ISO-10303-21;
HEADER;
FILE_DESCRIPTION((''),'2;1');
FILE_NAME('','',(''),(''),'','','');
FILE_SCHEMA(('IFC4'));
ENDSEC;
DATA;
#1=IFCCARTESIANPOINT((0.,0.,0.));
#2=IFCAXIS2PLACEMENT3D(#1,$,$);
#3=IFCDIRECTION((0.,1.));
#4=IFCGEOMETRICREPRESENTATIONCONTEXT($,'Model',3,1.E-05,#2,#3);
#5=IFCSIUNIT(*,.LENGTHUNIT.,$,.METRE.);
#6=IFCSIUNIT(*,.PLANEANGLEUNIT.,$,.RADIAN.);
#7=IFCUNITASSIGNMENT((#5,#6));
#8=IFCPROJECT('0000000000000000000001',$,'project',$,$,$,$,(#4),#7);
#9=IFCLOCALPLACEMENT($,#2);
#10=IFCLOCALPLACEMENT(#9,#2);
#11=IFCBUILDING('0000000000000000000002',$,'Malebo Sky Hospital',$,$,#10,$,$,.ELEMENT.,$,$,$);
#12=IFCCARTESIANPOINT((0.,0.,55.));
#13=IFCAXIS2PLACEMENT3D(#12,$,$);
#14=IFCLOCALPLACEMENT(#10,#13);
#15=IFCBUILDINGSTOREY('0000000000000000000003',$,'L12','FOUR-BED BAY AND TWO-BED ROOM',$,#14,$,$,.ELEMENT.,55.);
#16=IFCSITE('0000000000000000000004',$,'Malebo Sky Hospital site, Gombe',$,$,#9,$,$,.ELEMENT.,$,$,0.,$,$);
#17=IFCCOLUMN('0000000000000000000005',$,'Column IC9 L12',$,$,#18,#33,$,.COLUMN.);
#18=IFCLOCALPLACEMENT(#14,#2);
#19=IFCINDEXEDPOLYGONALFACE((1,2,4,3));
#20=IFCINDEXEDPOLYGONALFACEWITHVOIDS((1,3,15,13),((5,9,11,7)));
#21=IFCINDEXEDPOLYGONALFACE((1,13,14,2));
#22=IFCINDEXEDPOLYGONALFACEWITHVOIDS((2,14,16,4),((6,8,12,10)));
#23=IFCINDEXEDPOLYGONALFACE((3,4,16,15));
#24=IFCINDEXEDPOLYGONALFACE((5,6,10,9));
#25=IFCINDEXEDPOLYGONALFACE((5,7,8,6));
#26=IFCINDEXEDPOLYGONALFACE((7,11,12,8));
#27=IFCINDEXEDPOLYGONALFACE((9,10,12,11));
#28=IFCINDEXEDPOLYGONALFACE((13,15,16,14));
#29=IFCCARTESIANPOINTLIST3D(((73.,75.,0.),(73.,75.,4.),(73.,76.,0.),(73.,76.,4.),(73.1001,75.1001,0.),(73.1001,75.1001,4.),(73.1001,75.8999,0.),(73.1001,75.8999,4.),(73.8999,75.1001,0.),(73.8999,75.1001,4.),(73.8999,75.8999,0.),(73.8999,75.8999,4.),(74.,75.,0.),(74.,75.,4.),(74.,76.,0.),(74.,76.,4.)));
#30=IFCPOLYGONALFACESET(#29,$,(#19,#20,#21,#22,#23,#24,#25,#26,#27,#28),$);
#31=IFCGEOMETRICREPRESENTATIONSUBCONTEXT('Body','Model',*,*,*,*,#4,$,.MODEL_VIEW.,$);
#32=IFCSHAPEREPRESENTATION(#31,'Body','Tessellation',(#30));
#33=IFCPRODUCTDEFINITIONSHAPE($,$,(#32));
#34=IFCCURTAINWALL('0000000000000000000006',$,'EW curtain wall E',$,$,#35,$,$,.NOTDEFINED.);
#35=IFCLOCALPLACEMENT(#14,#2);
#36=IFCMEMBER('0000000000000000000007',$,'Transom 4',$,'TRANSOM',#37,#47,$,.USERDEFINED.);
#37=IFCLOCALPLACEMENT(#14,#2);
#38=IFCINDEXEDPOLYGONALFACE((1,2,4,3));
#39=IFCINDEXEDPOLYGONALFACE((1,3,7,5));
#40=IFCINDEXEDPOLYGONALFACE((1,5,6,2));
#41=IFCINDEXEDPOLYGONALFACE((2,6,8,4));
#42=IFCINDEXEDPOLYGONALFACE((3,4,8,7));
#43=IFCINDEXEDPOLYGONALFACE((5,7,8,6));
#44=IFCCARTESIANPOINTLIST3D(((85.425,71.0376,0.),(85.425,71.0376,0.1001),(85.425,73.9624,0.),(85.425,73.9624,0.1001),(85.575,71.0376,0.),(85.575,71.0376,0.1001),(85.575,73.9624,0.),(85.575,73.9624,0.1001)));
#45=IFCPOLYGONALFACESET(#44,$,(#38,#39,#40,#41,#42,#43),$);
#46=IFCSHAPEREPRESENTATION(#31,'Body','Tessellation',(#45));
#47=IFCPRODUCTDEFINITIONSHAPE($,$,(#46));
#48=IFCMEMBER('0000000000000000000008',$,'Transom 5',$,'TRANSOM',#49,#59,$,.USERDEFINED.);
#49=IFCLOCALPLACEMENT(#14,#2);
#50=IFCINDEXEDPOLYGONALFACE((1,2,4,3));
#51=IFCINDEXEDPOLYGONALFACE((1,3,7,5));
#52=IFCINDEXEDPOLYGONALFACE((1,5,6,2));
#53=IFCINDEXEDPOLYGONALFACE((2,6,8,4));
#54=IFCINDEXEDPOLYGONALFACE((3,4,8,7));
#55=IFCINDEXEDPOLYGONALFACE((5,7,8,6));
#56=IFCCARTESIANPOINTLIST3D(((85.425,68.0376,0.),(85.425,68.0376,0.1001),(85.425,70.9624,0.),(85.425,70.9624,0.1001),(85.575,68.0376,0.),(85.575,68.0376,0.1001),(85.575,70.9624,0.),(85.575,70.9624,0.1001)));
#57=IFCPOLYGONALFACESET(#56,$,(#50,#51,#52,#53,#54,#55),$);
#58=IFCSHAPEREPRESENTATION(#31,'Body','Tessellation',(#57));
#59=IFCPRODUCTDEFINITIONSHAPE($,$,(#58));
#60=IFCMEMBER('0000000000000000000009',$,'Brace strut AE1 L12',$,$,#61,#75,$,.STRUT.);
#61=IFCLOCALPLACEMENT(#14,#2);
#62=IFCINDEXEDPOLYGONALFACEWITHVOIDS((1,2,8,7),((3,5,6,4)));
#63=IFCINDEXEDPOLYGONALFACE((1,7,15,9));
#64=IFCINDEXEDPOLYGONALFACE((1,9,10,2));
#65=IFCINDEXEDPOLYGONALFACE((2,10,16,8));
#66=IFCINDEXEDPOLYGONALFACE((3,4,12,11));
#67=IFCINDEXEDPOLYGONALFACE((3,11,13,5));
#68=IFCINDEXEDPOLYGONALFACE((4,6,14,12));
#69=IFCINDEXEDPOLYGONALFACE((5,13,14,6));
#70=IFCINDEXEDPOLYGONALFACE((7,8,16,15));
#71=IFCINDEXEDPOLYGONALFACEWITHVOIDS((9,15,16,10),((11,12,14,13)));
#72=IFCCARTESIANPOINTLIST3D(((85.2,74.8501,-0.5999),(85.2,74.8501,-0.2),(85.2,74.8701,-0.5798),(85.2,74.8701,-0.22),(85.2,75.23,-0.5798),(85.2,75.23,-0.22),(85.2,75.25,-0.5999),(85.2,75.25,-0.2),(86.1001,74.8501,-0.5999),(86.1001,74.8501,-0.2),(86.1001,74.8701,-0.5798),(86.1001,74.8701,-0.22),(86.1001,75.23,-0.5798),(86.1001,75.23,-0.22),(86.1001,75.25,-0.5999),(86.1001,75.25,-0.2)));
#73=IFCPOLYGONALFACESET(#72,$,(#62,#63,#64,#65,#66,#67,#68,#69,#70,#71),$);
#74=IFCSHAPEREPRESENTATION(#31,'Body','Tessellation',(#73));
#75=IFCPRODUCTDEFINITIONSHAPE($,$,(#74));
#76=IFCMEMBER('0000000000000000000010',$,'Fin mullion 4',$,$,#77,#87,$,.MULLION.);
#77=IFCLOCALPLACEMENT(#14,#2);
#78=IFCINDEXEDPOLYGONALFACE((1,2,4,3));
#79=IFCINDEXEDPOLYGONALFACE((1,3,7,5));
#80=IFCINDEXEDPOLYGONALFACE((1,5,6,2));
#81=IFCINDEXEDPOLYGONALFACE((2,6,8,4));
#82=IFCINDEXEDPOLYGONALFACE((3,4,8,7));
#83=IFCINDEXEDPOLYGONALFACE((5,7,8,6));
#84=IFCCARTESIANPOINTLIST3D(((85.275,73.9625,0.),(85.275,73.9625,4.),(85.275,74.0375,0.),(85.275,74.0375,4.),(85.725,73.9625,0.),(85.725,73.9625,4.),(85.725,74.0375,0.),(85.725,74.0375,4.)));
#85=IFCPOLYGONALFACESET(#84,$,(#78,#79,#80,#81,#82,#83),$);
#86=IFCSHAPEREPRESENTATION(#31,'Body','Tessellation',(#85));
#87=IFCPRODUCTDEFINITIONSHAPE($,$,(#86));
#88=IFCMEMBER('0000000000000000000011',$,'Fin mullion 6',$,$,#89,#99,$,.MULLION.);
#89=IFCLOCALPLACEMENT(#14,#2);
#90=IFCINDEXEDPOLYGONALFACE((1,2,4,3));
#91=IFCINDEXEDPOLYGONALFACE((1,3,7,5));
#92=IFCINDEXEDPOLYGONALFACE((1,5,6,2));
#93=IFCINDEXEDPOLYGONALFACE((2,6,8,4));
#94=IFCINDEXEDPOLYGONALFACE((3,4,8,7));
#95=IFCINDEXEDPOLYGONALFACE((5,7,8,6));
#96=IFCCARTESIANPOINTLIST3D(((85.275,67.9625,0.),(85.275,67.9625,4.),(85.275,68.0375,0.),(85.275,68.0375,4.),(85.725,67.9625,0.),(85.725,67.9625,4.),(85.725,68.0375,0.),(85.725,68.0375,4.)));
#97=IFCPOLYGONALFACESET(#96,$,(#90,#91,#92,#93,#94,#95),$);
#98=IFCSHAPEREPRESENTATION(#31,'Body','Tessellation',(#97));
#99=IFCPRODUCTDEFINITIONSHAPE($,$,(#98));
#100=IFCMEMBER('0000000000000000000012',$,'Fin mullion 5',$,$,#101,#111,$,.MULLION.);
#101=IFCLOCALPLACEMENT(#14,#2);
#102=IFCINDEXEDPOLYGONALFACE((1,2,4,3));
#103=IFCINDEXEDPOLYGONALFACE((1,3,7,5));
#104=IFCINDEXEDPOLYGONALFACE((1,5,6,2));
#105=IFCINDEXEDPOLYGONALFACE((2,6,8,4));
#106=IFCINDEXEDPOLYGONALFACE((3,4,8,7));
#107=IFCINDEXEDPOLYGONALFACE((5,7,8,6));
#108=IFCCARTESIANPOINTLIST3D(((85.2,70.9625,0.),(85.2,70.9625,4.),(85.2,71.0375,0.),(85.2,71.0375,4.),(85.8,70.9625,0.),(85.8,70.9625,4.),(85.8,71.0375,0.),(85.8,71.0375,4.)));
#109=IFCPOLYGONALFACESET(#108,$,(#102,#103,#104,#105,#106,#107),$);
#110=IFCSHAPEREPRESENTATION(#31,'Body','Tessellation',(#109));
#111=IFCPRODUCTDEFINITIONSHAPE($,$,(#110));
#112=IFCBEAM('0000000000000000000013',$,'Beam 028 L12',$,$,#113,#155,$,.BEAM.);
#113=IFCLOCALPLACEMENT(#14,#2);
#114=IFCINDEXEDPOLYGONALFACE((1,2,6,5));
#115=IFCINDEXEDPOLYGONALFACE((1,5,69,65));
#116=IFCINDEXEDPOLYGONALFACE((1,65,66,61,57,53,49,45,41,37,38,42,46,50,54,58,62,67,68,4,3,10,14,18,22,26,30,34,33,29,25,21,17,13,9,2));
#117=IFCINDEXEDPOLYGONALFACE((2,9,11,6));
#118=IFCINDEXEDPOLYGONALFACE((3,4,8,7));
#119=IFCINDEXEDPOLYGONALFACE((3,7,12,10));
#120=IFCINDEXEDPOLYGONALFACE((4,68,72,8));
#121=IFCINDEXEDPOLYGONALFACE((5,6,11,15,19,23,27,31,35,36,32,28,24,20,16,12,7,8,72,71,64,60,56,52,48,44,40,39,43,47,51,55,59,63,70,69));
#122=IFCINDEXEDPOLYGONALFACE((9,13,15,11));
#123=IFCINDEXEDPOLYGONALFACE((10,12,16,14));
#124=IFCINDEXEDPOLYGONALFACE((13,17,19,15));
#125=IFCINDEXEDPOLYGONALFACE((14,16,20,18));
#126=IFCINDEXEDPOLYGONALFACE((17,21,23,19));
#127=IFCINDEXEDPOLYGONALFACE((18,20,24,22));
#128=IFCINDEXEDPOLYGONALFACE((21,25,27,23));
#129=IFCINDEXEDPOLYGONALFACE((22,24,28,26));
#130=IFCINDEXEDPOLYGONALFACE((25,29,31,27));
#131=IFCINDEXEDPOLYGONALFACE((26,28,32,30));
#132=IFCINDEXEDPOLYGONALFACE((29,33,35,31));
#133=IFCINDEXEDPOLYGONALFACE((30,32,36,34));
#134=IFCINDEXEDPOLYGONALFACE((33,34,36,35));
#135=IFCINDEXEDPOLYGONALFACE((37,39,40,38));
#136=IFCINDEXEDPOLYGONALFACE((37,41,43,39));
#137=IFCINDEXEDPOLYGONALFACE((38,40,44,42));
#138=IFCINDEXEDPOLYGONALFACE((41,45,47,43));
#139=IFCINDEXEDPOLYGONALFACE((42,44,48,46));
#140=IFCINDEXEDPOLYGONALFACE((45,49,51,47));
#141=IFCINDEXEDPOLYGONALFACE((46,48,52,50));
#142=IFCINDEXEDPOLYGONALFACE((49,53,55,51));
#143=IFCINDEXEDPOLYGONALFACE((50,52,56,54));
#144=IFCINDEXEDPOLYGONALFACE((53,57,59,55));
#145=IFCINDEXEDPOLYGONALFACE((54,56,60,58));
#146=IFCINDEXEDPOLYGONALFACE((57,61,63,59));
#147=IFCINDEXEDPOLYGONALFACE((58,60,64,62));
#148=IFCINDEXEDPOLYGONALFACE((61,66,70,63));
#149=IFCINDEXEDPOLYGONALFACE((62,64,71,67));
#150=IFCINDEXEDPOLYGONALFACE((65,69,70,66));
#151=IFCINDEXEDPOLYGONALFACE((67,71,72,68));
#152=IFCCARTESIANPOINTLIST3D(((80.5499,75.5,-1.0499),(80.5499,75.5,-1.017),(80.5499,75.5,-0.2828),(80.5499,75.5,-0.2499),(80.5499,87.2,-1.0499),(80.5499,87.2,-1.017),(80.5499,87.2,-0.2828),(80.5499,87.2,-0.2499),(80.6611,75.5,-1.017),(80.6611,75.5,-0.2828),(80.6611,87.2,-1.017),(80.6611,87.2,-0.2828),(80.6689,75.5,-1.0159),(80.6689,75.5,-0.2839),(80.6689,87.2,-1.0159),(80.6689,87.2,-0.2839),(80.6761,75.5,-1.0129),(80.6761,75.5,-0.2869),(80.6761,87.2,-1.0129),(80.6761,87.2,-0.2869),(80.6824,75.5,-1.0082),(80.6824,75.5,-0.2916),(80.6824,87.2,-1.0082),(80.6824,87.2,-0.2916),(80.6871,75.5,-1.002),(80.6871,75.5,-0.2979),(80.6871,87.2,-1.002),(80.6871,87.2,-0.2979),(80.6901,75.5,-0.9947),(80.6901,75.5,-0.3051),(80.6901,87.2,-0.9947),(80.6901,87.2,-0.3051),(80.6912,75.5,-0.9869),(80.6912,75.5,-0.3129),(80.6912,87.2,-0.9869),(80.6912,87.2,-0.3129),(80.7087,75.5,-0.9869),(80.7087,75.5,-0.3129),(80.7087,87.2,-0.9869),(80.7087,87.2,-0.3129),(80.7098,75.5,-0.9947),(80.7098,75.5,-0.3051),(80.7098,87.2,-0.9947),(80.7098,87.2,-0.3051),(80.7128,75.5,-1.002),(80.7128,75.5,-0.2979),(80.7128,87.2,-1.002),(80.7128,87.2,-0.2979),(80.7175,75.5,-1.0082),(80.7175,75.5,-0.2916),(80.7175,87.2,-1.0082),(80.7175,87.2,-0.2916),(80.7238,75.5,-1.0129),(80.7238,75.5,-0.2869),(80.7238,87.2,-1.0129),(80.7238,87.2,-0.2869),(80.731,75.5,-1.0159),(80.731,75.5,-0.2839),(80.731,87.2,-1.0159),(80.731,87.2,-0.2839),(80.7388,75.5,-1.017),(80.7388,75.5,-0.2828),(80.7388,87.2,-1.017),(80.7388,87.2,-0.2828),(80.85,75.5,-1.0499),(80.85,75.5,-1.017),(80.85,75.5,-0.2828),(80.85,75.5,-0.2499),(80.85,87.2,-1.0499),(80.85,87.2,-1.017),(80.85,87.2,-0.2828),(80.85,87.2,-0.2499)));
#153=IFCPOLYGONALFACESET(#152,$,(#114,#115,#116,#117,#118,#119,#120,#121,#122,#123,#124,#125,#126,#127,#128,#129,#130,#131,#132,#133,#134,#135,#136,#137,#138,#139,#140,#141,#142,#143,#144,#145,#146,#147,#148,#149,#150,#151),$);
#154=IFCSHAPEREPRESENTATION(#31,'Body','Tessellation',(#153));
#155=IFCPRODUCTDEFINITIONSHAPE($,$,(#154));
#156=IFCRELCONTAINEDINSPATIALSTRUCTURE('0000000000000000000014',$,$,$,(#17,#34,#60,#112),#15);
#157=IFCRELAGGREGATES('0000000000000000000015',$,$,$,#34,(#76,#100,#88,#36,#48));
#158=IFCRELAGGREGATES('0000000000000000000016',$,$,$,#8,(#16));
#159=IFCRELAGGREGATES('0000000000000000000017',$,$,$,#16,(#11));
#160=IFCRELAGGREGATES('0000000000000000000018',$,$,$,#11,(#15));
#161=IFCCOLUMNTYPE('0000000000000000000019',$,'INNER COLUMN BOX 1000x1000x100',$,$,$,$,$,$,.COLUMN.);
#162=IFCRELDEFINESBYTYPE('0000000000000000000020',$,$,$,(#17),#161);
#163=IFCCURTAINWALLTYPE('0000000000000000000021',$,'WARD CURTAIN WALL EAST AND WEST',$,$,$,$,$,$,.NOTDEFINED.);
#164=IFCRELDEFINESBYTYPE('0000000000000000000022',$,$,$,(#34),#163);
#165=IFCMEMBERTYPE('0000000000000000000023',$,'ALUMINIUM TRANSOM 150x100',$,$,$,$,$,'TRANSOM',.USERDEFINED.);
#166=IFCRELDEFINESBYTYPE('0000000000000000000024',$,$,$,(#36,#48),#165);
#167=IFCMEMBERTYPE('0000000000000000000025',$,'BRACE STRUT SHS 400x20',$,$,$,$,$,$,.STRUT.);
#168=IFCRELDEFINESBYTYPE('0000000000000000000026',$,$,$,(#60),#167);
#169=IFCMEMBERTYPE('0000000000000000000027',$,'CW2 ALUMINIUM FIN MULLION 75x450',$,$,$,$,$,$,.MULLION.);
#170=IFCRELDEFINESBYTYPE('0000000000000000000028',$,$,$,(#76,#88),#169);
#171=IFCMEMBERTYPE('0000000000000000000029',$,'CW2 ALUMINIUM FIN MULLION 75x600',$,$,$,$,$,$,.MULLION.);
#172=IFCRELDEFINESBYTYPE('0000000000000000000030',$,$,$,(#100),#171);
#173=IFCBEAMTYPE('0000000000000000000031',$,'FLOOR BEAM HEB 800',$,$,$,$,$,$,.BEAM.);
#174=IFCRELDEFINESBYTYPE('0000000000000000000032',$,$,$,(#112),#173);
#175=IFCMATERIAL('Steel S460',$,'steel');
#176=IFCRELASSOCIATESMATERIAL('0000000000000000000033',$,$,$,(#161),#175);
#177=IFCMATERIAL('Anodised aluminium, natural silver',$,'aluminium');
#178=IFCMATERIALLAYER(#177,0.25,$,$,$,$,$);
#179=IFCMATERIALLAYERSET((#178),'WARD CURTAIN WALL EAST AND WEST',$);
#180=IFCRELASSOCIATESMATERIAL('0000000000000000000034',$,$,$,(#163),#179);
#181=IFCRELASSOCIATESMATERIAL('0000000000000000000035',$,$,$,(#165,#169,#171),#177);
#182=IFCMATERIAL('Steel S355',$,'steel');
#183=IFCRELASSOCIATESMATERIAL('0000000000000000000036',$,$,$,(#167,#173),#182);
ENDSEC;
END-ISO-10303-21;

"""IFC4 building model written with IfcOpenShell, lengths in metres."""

from ifc_helpers import new_model, si_unit, direction, frame, origin, origin_2d, place, context, subcontext, project, spatial, rectangle, hollow_rectangle, i_section, extrude, material, layer, layer_set, material_profile, profile_set, type_object, element, aggregate, save


model = new_model("IFC4")

# Units and contexts
model_context = context("Model", 3, precision=1e-05, world=origin(), true_north=direction((0.0, 1.0)))
body_context = subcontext(model_context, "Body", "Model", "MODEL_VIEW")
ifc_project = project(units=[si_unit("LENGTHUNIT", "METRE"), si_unit("PLANEANGLEUNIT", "RADIAN")], contexts=[model_context])

# Site, building, storey
site_placement = place(None, origin())
site = spatial("IfcSite", under=ifc_project, at=site_placement, Name="Malebo Sky Hospital site, Gombe", CompositionType="ELEMENT", RefElevation=0.0)
building_placement = place(site_placement, origin())
building = spatial("IfcBuilding", under=site, at=building_placement, Name="Malebo Sky Hospital", CompositionType="ELEMENT")
storey_placement = place(building_placement, frame((0.0, 0.0, 55.0)))
storey = spatial("IfcBuildingStorey", under=building, at=storey_placement, Name="L12", Description="FOUR-BED BAY AND TWO-BED ROOM", CompositionType="ELEMENT", Elevation=55.0)

# Column
ifc_material_1 = material(Name="Steel S460", Category="steel")
ifc_material_profile_1 = material_profile(ifc_material_1, hollow_rectangle(XDim=1.0, YDim=1.0, WallThickness=0.1001, at=origin_2d()), Name="BOX 1000x1000x100")
ifc_profile_set_1 = profile_set([ifc_material_profile_1], Name="Steel S460")
column_type = type_object("IfcColumnType", Name="INNER COLUMN BOX 1000x1000x100", PredefinedType="COLUMN", material=ifc_profile_set_1)
column_placement = place(storey_placement, frame((73.5, 75.5, 0.0), z_axis=(0.0, 0.0, 1.0), x_axis=(1.0, 0.0, 0.0)))
element("IfcColumn", 1, at=column_placement, inside=storey, type_object=column_type, Name="Column IC9 L12", PredefinedType="COLUMN", context=body_context, shape_type="SweptSolid", body=[
    extrude(hollow_rectangle(XDim=1.0, YDim=1.0, WallThickness=0.1001, at=origin_2d()), origin(), (0.0, 0.0, 1.0), 4.0),
])

# Curtain wall, members
ifc_material_2 = material(Name="Anodised aluminium, natural silver", Category="aluminium")
ifc_layer_1 = layer(ifc_material_2, 0.25)
ifc_layer_set_1 = layer_set([ifc_layer_1], Name="WARD CURTAIN WALL EAST AND WEST")
curtain_wall_type = type_object("IfcCurtainWallType", Name="WARD CURTAIN WALL EAST AND WEST", PredefinedType="NOTDEFINED", material=ifc_layer_set_1)
curtain_wall_placement = place(storey_placement, origin())
curtain_wall = element("IfcCurtainWall", 2, at=curtain_wall_placement, inside=storey, type_object=curtain_wall_type, Name="EW curtain wall E", PredefinedType="NOTDEFINED")
ifc_material_profile_2 = material_profile(ifc_material_2, rectangle(XDim=0.1499, YDim=0.1001, at=origin_2d()), Name="ALUMINIUM TRANSOM 150x100")
ifc_profile_set_2 = profile_set([ifc_material_profile_2], Name="Anodised aluminium, natural silver")
member_type_1 = type_object("IfcMemberType", Name="ALUMINIUM TRANSOM 150x100", ElementType="TRANSOM", PredefinedType="USERDEFINED", material=ifc_profile_set_2)
member_1_placement = place(storey_placement, frame((85.5, 73.9624, 0.05), z_axis=(0.0, -1.0, 0.0), x_axis=(1.0, 0.0, 0.0)))
member_1 = element("IfcMember", 3, at=member_1_placement, type_object=member_type_1, Name="Transom 4", ObjectType="TRANSOM", PredefinedType="USERDEFINED", context=body_context, shape_type="SweptSolid", body=[
    extrude(rectangle(XDim=0.1499, YDim=0.1001, at=origin_2d()), origin(), (0.0, 0.0, 1.0), 2.9248),
])
member_2_placement = place(storey_placement, frame((85.5, 70.9624, 0.05), z_axis=(0.0, -1.0, 0.0), x_axis=(1.0, 0.0, 0.0)))
member_2 = element("IfcMember", 4, at=member_2_placement, type_object=member_type_1, Name="Transom 5", ObjectType="TRANSOM", PredefinedType="USERDEFINED", context=body_context, shape_type="SweptSolid", body=[
    extrude(rectangle(XDim=0.1499, YDim=0.1001, at=origin_2d()), origin(), (0.0, 0.0, 1.0), 2.9248),
])

# Members
ifc_material_3 = material(Name="Steel S355", Category="steel")
ifc_material_profile_3 = material_profile(ifc_material_3, hollow_rectangle(XDim=0.3999, YDim=0.3999, WallThickness=0.02, at=origin_2d()), Name="SHS 400x20")
ifc_profile_set_3 = profile_set([ifc_material_profile_3], Name="Steel S355")
member_type_2 = type_object("IfcMemberType", Name="BRACE STRUT SHS 400x20", PredefinedType="STRUT", material=ifc_profile_set_3)
member_3_placement = place(storey_placement, frame((86.1001, 75.05, -0.3999), z_axis=(-1.0, 0.0, 0.0), x_axis=(0.0, -1.0, 0.0)))
element("IfcMember", 5, at=member_3_placement, inside=storey, type_object=member_type_2, Name="Brace strut AE1 L12", PredefinedType="STRUT", context=body_context, shape_type="SweptSolid", body=[
    extrude(hollow_rectangle(XDim=0.3999, YDim=0.3999, WallThickness=0.02, at=origin_2d()), origin(), (0.0, 0.0, 1.0), 0.9001),
])
ifc_material_profile_4 = material_profile(ifc_material_2, rectangle(XDim=0.075, YDim=0.45, at=origin_2d()), Name="CW2 ALUMINIUM FIN MULLION 75x450")
ifc_profile_set_4 = profile_set([ifc_material_profile_4], Name="Anodised aluminium, natural silver")
member_type_3 = type_object("IfcMemberType", Name="CW2 ALUMINIUM FIN MULLION 75x450", PredefinedType="MULLION", material=ifc_profile_set_4)
member_4_placement = place(storey_placement, frame((85.5, 74.0, 0.0), z_axis=(0.0, 0.0, 1.0), x_axis=(0.0, -1.0, 0.0)))
member_4 = element("IfcMember", 6, at=member_4_placement, type_object=member_type_3, Name="Fin mullion 4", PredefinedType="MULLION", context=body_context, shape_type="SweptSolid", body=[
    extrude(rectangle(XDim=0.075, YDim=0.45, at=origin_2d()), origin(), (0.0, 0.0, 1.0), 4.0),
])
member_5_placement = place(storey_placement, frame((85.5, 68.0, 0.0), z_axis=(0.0, 0.0, 1.0), x_axis=(0.0, -1.0, 0.0)))
member_5 = element("IfcMember", 7, at=member_5_placement, type_object=member_type_3, Name="Fin mullion 6", PredefinedType="MULLION", context=body_context, shape_type="SweptSolid", body=[
    extrude(rectangle(XDim=0.075, YDim=0.45, at=origin_2d()), origin(), (0.0, 0.0, 1.0), 4.0),
])
ifc_material_profile_5 = material_profile(ifc_material_2, rectangle(XDim=0.075, YDim=0.6001, at=origin_2d()), Name="CW2 ALUMINIUM FIN MULLION 75x600")
ifc_profile_set_5 = profile_set([ifc_material_profile_5], Name="Anodised aluminium, natural silver")
member_type_4 = type_object("IfcMemberType", Name="CW2 ALUMINIUM FIN MULLION 75x600", PredefinedType="MULLION", material=ifc_profile_set_5)
member_6_placement = place(storey_placement, frame((85.5, 71.0, 0.0), z_axis=(0.0, 0.0, 1.0), x_axis=(0.0, -1.0, 0.0)))
member_6 = element("IfcMember", 8, at=member_6_placement, type_object=member_type_4, Name="Fin mullion 5", PredefinedType="MULLION", context=body_context, shape_type="SweptSolid", body=[
    extrude(rectangle(XDim=0.075, YDim=0.6001, at=origin_2d()), origin(), (0.0, 0.0, 1.0), 4.0),
])

# Beam
ifc_material_profile_6 = material_profile(ifc_material_3, i_section(OverallWidth=0.3, OverallDepth=0.8, WebThickness=0.0176, FlangeThickness=0.033, FilletRadius=0.03, at=origin_2d()), Name="HEB 800")
ifc_profile_set_6 = profile_set([ifc_material_profile_6], Name="Steel S355")
beam_type_1 = type_object("IfcBeamType", Name="FLOOR BEAM HEB 800", PredefinedType="BEAM", material=ifc_profile_set_6)
beam_placement = place(storey_placement, frame((80.7, 75.5, -0.6499), z_axis=(0.0, 1.0, 0.0), x_axis=(-1.0, 0.0, 0.0)))
element("IfcBeam", 9, at=beam_placement, inside=storey, type_object=beam_type_1, Name="Beam 028 L12", PredefinedType="BEAM", context=body_context, shape_type="SweptSolid", body=[
    extrude(i_section(OverallWidth=0.3, OverallDepth=0.8, WebThickness=0.0176, FlangeThickness=0.033, FilletRadius=0.03, at=origin_2d()), origin(), (0.0, 0.0, 1.0), 11.7),
])

aggregate(curtain_wall, [member_4, member_6, member_5, member_1, member_2])

save(model, "model.ifc")
